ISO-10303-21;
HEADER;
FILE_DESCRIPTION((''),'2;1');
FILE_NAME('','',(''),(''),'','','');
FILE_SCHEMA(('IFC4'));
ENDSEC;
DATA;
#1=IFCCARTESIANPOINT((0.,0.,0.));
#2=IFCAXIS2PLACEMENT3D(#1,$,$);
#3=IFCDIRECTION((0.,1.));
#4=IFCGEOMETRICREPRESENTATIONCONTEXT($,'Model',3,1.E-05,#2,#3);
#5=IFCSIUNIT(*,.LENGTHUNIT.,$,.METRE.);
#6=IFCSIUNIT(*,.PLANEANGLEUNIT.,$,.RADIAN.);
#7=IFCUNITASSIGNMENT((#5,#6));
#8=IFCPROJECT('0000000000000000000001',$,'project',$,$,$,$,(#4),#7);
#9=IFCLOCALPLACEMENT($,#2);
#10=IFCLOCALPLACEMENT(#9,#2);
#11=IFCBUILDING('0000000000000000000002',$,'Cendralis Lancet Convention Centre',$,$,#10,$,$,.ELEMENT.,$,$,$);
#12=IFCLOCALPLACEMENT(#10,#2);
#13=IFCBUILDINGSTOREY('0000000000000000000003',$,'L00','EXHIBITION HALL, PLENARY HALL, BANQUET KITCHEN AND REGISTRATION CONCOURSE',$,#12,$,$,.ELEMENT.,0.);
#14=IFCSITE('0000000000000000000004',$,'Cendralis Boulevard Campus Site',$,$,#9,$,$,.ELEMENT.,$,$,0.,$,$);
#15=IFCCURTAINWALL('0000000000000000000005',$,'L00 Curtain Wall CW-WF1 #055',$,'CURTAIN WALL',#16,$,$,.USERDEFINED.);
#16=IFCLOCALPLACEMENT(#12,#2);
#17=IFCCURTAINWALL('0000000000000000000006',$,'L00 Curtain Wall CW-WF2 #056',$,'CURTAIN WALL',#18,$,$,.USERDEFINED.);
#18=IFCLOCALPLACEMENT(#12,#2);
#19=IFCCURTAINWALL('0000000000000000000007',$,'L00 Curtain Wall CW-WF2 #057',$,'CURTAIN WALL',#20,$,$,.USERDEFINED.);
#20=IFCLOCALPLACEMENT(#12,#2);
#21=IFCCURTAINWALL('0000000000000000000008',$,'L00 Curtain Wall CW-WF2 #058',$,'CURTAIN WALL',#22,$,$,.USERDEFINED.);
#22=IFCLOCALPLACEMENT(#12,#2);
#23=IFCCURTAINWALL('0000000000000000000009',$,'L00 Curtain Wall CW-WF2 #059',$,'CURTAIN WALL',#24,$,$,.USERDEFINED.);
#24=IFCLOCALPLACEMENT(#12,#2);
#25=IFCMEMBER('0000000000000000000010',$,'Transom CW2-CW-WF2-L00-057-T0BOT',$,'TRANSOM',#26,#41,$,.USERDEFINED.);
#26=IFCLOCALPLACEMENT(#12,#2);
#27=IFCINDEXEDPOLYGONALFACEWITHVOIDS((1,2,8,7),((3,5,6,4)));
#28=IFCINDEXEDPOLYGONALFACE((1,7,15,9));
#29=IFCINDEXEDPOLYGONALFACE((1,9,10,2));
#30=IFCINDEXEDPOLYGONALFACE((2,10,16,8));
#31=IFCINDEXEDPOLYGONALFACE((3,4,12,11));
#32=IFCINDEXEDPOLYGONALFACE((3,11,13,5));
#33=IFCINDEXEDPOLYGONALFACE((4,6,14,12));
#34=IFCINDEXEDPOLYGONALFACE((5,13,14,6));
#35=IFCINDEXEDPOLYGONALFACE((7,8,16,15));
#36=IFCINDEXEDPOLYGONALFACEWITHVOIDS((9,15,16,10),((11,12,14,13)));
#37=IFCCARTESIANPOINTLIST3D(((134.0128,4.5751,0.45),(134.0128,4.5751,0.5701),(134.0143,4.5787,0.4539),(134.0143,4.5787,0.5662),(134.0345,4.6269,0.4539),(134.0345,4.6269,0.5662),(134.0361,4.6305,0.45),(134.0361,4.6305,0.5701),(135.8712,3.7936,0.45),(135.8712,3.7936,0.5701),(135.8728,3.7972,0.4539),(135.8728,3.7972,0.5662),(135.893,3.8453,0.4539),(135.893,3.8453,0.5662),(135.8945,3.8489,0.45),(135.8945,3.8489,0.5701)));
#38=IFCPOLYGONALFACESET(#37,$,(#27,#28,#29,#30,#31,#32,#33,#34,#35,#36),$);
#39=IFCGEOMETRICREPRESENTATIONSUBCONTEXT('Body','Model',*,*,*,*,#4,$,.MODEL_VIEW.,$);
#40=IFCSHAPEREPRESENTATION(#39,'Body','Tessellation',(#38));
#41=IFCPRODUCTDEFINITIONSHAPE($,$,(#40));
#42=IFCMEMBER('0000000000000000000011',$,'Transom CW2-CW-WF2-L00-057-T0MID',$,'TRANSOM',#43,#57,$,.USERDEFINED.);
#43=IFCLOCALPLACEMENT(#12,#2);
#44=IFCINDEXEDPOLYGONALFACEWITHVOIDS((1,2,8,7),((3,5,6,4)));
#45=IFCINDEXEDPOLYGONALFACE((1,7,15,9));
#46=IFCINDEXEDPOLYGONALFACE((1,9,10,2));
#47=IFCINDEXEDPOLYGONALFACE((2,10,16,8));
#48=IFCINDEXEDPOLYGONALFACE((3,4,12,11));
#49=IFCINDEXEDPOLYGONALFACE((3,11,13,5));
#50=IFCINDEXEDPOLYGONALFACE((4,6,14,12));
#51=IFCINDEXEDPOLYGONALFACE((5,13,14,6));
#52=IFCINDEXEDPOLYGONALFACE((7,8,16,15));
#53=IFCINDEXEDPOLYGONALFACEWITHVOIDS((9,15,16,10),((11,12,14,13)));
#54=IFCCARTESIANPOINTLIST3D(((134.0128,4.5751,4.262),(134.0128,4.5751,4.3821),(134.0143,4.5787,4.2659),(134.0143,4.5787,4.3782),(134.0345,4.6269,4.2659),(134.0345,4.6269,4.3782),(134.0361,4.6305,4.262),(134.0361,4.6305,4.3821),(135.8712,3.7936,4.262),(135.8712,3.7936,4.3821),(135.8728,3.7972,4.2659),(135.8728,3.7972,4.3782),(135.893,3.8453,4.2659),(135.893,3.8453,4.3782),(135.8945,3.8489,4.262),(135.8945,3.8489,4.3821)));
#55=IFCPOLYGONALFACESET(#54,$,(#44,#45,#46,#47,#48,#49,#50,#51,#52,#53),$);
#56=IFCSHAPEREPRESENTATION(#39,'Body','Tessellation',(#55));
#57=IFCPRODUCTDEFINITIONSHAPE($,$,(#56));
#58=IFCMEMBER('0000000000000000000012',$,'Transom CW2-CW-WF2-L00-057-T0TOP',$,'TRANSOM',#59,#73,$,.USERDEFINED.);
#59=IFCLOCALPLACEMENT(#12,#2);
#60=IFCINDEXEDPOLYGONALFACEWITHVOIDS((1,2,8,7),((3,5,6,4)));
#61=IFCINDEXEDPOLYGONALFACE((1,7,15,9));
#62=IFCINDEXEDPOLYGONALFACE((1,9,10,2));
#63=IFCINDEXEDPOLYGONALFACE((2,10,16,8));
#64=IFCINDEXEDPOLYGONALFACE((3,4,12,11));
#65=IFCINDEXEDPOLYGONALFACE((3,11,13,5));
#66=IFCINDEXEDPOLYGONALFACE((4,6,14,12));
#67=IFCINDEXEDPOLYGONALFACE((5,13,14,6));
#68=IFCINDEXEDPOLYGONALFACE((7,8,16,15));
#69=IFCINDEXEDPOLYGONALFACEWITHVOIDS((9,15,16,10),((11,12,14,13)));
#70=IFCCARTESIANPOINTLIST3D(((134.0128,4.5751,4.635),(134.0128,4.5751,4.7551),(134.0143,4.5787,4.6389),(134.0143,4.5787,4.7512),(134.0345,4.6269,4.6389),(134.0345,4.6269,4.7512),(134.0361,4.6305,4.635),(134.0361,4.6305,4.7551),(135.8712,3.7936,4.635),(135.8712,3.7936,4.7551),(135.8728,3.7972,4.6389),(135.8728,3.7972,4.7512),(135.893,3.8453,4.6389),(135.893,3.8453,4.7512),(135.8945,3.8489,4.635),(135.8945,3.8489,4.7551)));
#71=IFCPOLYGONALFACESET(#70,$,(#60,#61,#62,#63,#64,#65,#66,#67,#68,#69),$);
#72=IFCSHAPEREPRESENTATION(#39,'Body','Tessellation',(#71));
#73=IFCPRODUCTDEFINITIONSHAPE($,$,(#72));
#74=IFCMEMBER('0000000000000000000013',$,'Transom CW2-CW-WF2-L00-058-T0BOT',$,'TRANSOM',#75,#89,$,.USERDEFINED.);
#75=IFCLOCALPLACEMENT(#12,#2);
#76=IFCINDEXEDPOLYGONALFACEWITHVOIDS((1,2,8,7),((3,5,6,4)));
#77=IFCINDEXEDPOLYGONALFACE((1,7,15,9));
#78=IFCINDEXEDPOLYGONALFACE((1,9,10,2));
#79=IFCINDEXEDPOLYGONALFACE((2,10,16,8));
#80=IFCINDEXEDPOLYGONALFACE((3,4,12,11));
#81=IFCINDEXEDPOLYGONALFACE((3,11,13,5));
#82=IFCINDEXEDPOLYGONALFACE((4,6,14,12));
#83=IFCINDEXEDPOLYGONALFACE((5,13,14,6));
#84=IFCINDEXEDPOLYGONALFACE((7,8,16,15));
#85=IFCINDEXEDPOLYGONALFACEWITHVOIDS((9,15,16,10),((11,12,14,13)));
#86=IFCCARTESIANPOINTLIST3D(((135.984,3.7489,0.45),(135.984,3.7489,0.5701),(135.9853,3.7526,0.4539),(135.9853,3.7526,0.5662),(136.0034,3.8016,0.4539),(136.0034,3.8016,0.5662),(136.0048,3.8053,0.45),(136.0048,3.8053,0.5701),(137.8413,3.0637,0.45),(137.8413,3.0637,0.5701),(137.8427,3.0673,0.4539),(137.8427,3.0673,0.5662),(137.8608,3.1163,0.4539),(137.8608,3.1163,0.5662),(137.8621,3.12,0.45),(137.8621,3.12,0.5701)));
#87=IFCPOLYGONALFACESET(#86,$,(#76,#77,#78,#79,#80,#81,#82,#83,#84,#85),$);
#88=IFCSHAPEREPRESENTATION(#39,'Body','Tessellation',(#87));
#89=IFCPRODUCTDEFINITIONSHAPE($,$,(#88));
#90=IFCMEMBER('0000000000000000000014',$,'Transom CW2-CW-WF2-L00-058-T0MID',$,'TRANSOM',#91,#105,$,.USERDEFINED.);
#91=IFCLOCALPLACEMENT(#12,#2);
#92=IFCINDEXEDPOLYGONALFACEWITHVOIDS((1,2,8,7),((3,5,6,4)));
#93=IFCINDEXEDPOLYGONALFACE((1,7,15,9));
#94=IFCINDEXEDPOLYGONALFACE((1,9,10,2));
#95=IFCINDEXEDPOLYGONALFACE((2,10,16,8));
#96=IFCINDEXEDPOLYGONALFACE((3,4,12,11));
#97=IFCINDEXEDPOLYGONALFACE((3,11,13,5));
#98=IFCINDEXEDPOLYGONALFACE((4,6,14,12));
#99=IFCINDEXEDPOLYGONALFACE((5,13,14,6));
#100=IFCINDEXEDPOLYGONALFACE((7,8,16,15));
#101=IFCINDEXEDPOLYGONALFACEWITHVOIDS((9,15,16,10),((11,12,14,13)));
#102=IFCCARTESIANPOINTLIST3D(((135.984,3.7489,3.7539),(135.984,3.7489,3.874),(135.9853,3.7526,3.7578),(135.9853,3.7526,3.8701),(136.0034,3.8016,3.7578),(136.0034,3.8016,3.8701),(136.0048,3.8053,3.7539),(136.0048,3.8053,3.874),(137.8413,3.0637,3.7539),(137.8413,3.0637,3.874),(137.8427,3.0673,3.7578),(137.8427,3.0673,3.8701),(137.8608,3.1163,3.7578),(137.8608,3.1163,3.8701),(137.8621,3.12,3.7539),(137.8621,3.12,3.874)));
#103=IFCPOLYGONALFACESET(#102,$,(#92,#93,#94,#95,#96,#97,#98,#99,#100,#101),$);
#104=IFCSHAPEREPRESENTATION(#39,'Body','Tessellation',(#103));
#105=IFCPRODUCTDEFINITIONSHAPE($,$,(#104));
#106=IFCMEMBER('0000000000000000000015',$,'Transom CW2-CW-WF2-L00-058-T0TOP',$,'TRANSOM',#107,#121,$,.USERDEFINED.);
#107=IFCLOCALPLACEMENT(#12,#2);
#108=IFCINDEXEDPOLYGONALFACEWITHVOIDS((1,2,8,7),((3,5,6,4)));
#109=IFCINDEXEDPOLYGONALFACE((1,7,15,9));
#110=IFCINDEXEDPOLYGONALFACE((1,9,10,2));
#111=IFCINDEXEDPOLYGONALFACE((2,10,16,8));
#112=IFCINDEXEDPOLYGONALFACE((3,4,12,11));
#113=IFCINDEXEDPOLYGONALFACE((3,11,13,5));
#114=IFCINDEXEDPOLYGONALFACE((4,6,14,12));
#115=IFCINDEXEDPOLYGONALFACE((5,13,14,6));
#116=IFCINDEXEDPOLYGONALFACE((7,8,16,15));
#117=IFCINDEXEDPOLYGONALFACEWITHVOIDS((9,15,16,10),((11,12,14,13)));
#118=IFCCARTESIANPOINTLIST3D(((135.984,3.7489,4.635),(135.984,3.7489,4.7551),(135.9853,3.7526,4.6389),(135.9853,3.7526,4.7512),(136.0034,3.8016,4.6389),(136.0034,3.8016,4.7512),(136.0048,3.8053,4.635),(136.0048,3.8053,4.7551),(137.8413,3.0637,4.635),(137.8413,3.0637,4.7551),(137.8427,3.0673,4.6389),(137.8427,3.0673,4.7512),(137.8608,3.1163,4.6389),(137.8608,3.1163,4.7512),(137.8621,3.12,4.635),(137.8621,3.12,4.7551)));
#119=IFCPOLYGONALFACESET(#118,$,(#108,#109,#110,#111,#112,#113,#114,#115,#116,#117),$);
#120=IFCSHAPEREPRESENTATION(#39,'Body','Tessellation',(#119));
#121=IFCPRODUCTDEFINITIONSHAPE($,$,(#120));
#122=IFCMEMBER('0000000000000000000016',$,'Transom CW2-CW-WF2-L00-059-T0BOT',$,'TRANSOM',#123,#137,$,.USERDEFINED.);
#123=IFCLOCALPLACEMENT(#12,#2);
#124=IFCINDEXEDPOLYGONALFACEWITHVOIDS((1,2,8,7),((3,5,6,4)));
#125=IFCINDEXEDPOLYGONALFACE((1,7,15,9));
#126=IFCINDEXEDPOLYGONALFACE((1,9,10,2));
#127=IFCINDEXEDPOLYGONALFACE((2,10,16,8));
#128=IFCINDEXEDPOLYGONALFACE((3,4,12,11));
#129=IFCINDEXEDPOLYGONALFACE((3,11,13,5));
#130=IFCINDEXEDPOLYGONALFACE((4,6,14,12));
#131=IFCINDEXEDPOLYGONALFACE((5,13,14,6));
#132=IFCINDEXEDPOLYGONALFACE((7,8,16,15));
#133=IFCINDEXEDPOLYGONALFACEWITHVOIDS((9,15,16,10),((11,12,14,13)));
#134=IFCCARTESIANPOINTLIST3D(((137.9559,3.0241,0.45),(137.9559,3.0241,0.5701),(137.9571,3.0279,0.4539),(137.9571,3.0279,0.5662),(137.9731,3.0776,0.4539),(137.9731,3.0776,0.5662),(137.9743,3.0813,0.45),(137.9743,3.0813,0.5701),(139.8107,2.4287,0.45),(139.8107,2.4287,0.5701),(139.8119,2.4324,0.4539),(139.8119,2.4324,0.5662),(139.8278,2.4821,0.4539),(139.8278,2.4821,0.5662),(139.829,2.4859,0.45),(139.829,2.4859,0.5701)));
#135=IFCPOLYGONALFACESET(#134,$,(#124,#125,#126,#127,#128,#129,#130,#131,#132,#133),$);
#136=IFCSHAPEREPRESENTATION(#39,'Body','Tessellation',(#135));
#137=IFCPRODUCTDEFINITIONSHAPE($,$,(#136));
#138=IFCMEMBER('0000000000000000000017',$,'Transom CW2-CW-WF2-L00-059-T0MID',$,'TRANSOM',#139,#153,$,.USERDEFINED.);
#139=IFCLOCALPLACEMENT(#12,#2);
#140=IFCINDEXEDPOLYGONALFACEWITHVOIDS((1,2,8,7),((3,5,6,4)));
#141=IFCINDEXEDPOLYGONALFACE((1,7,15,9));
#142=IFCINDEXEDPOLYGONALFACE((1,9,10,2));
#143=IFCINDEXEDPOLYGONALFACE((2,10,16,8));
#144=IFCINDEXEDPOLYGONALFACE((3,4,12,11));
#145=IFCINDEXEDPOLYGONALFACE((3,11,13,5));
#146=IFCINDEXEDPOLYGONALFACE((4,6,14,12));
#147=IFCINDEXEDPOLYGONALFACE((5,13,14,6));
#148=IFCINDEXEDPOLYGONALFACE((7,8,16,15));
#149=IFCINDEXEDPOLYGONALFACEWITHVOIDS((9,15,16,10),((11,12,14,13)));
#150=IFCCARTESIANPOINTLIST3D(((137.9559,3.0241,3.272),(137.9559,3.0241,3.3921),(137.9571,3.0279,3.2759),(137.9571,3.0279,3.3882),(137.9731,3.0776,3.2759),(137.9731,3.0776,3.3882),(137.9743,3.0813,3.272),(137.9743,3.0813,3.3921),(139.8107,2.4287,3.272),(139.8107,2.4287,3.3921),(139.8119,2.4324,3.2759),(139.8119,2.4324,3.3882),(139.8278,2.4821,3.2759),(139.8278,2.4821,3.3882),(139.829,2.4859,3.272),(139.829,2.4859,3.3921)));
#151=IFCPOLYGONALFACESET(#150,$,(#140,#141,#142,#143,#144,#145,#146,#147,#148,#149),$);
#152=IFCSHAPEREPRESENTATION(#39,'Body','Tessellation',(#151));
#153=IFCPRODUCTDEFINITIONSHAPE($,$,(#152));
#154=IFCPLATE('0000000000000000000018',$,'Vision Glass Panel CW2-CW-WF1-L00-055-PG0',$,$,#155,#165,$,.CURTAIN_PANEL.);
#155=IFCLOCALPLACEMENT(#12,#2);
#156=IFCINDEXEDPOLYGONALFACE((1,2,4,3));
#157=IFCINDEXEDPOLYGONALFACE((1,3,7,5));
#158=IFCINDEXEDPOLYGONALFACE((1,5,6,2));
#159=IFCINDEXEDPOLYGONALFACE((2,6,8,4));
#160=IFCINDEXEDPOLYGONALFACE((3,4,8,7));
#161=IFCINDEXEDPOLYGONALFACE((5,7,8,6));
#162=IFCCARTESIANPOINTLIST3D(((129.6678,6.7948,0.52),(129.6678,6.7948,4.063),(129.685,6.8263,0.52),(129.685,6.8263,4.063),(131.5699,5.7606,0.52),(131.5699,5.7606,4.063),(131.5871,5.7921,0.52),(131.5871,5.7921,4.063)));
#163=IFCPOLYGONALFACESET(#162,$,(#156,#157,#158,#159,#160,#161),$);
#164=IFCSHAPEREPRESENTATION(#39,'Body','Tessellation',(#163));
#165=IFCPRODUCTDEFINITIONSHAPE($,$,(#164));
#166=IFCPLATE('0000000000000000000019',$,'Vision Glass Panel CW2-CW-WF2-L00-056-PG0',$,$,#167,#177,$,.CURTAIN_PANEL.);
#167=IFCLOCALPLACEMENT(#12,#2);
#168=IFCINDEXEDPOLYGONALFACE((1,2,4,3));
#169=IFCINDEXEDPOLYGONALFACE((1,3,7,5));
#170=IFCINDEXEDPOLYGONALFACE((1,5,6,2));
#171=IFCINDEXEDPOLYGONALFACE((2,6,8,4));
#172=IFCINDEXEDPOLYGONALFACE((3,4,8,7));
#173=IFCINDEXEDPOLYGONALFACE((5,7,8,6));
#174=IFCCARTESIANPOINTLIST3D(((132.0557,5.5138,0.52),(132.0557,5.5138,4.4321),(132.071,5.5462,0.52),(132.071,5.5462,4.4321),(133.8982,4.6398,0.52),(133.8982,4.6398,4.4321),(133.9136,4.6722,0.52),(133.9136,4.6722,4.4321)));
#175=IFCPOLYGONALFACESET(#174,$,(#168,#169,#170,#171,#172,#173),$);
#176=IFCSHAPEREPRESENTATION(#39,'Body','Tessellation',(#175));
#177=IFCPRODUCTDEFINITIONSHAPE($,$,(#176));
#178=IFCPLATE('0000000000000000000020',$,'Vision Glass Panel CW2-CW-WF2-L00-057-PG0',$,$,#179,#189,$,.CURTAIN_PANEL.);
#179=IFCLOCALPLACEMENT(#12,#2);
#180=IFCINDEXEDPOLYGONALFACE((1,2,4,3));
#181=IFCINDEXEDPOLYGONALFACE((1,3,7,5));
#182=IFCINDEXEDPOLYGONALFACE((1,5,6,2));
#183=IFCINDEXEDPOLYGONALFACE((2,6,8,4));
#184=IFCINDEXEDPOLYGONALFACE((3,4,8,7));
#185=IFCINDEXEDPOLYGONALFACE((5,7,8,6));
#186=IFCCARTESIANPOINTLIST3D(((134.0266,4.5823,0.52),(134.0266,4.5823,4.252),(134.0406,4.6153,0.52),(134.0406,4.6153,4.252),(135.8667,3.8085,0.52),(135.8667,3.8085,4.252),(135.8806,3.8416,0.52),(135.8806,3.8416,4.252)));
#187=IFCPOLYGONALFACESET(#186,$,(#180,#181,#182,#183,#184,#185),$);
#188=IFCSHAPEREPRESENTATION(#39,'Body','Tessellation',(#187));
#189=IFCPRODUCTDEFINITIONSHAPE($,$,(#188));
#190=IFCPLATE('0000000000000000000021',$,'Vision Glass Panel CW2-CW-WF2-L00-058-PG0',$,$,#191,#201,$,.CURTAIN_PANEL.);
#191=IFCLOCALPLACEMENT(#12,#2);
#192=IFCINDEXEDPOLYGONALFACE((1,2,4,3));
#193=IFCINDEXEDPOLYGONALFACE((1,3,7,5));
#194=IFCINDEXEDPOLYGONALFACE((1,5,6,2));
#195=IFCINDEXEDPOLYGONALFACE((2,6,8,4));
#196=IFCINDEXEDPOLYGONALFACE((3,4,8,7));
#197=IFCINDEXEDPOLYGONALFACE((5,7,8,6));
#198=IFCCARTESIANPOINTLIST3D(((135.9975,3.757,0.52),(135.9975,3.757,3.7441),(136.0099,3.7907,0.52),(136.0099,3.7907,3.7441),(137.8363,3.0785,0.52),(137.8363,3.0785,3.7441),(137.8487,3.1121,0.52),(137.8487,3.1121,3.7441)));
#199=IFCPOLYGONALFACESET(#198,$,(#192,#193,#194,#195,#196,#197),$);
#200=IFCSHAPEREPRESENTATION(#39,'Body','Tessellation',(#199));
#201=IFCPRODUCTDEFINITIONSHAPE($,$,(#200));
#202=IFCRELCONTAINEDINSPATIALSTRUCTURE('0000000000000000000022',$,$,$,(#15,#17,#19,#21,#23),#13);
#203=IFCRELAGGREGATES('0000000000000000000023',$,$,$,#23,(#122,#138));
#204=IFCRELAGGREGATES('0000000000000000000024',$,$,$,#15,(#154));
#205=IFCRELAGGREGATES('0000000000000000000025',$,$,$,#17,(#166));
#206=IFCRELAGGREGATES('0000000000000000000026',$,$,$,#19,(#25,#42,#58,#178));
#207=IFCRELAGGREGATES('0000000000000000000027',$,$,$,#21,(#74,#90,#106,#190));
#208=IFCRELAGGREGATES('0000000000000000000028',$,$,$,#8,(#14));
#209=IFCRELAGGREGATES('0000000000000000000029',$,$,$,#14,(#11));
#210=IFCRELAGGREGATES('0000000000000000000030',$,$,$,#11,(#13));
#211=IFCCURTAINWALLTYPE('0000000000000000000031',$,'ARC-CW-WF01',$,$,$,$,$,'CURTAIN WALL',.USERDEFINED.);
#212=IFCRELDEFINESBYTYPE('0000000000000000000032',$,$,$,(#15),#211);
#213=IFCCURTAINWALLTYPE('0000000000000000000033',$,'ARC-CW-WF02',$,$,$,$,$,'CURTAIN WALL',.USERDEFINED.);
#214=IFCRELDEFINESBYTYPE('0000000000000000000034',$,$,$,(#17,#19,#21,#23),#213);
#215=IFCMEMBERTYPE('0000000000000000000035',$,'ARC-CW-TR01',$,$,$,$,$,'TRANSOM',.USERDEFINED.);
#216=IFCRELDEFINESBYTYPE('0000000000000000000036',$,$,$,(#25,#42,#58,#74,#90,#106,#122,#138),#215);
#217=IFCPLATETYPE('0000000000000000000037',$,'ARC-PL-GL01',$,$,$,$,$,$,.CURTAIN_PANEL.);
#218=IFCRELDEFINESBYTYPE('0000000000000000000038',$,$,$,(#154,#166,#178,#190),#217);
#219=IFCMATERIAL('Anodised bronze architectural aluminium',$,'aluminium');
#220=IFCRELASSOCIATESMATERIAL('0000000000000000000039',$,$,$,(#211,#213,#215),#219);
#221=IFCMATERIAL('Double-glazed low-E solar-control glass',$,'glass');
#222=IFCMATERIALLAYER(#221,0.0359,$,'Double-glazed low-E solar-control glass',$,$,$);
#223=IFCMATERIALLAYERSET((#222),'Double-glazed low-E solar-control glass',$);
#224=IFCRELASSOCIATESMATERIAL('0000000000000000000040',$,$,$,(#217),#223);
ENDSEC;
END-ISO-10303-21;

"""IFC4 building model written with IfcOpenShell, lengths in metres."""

from ifc_helpers import new_model, si_unit, direction, frame, origin, origin_2d, place, context, subcontext, project, spatial, rectangle, hollow_rectangle, extrude, material, layer, layer_set, material_profile, profile_set, type_object, element, aggregate, save


model = new_model("IFC4")

# Units and contexts
model_context = context("Model", 3, precision=1e-05, world=origin(), true_north=direction((0.0, 1.0)))
body_context = subcontext(model_context, "Body", "Model", "MODEL_VIEW")
ifc_project = project(units=[si_unit("LENGTHUNIT", "METRE"), si_unit("PLANEANGLEUNIT", "RADIAN")], contexts=[model_context])

# Site, building, storey
site_placement = place(None, origin())
site = spatial("IfcSite", under=ifc_project, at=site_placement, Name="Cendralis Boulevard Campus Site", CompositionType="ELEMENT", RefElevation=0.0)
building_placement = place(site_placement, origin())
building = spatial("IfcBuilding", under=site, at=building_placement, Name="Cendralis Lancet Convention Centre", CompositionType="ELEMENT")
storey_placement = place(building_placement, origin())
storey = spatial("IfcBuildingStorey", under=building, at=storey_placement, Name="L00", Description="EXHIBITION HALL, PLENARY HALL, BANQUET KITCHEN AND REGISTRATION CONCOURSE", CompositionType="ELEMENT", Elevation=0.0)

# Curtain wall
ifc_material_1 = material(Name="Anodised bronze architectural aluminium", Category="aluminium")
curtain_wall_type_1 = type_object("IfcCurtainWallType", Name="ARC-CW-WF01", ElementType="CURTAIN WALL", PredefinedType="USERDEFINED", material=ifc_material_1)
curtain_wall_1_placement = place(storey_placement, origin())
curtain_wall_1 = element("IfcCurtainWall", 1, at=curtain_wall_1_placement, inside=storey, type_object=curtain_wall_type_1, Name="L00 Curtain Wall CW-WF1 #055", ObjectType="CURTAIN WALL", PredefinedType="USERDEFINED")

# Curtain walls
curtain_wall_type_2 = type_object("IfcCurtainWallType", Name="ARC-CW-WF02", ElementType="CURTAIN WALL", PredefinedType="USERDEFINED", material=ifc_material_1)
curtain_wall_2_placement = place(storey_placement, origin())
curtain_wall_2 = element("IfcCurtainWall", 2, at=curtain_wall_2_placement, inside=storey, type_object=curtain_wall_type_2, Name="L00 Curtain Wall CW-WF2 #056", ObjectType="CURTAIN WALL", PredefinedType="USERDEFINED")
curtain_wall_3_placement = place(storey_placement, origin())
curtain_wall_3 = element("IfcCurtainWall", 3, at=curtain_wall_3_placement, inside=storey, type_object=curtain_wall_type_2, Name="L00 Curtain Wall CW-WF2 #057", ObjectType="CURTAIN WALL", PredefinedType="USERDEFINED")
curtain_wall_4_placement = place(storey_placement, origin())
curtain_wall_4 = element("IfcCurtainWall", 4, at=curtain_wall_4_placement, inside=storey, type_object=curtain_wall_type_2, Name="L00 Curtain Wall CW-WF2 #058", ObjectType="CURTAIN WALL", PredefinedType="USERDEFINED")

# Curtain wall
curtain_wall_5_placement = place(storey_placement, origin())
curtain_wall_5 = element("IfcCurtainWall", 5, at=curtain_wall_5_placement, inside=storey, type_object=curtain_wall_type_2, Name="L00 Curtain Wall CW-WF2 #059", ObjectType="CURTAIN WALL", PredefinedType="USERDEFINED")

# Members
ifc_material_profile_1 = material_profile(ifc_material_1, hollow_rectangle(XDim=0.0601, YDim=0.1201, WallThickness=0.0039, at=origin_2d()), Name="AL-TRAN 60x120x4.0")
ifc_profile_set_1 = profile_set([ifc_material_profile_1], Name="Anodised bronze architectural aluminium")
member_type_1 = type_object("IfcMemberType", Name="ARC-CW-TR01", ElementType="TRANSOM", PredefinedType="USERDEFINED", material=ifc_profile_set_1)
member_1_placement = place(storey_placement, frame((134.0244, 4.6028, 0.51), z_axis=(0.921811, -0.38764, 0.0), x_axis=(0.38764, 0.921811, 0.0)))
member_1 = element("IfcMember", 6, at=member_1_placement, type_object=member_type_1, Name="Transom CW2-CW-WF2-L00-057-T0BOT", ObjectType="TRANSOM", PredefinedType="USERDEFINED", context=body_context, shape_type="SweptSolid", body=[
    extrude(hollow_rectangle(XDim=0.0601, YDim=0.1201, WallThickness=0.0039, at=origin_2d()), origin(), (0.0, 0.0, 1.0), 2.0161),
])
member_2_placement = place(storey_placement, frame((134.0244, 4.6028, 4.322), z_axis=(0.921811, -0.38764, 0.0), x_axis=(0.38764, 0.921811, 0.0)))
member_2 = element("IfcMember", 7, at=member_2_placement, type_object=member_type_1, Name="Transom CW2-CW-WF2-L00-057-T0MID", ObjectType="TRANSOM", PredefinedType="USERDEFINED", context=body_context, shape_type="SweptSolid", body=[
    extrude(hollow_rectangle(XDim=0.0601, YDim=0.1201, WallThickness=0.0039, at=origin_2d()), origin(), (0.0, 0.0, 1.0), 2.0161),
])
member_3_placement = place(storey_placement, frame((134.0244, 4.6028, 4.6951), z_axis=(0.921811, -0.38764, 0.0), x_axis=(0.38764, 0.921811, 0.0)))
member_3 = element("IfcMember", 8, at=member_3_placement, type_object=member_type_1, Name="Transom CW2-CW-WF2-L00-057-T0TOP", ObjectType="TRANSOM", PredefinedType="USERDEFINED", context=body_context, shape_type="SweptSolid", body=[
    extrude(hollow_rectangle(XDim=0.0601, YDim=0.1201, WallThickness=0.0039, at=origin_2d()), origin(), (0.0, 0.0, 1.0), 2.0161),
])
member_4_placement = place(storey_placement, frame((135.9944, 3.7771, 0.51), z_axis=(0.938181, -0.346145, 0.0), x_axis=(0.346145, 0.938181, 0.0)))
member_4 = element("IfcMember", 9, at=member_4_placement, type_object=member_type_1, Name="Transom CW2-CW-WF2-L00-058-T0BOT", ObjectType="TRANSOM", PredefinedType="USERDEFINED", context=body_context, shape_type="SweptSolid", body=[
    extrude(hollow_rectangle(XDim=0.0601, YDim=0.1201, WallThickness=0.0039, at=origin_2d()), origin(), (0.0, 0.0, 1.0), 1.9797),
])
member_5_placement = place(storey_placement, frame((135.9944, 3.7771, 3.814), z_axis=(0.938181, -0.346145, 0.0), x_axis=(0.346145, 0.938181, 0.0)))
member_5 = element("IfcMember", 10, at=member_5_placement, type_object=member_type_1, Name="Transom CW2-CW-WF2-L00-058-T0MID", ObjectType="TRANSOM", PredefinedType="USERDEFINED", context=body_context, shape_type="SweptSolid", body=[
    extrude(hollow_rectangle(XDim=0.0601, YDim=0.1201, WallThickness=0.0039, at=origin_2d()), origin(), (0.0, 0.0, 1.0), 1.9797),
])
member_6_placement = place(storey_placement, frame((135.9944, 3.7771, 4.6951), z_axis=(0.938181, -0.346145, 0.0), x_axis=(0.346145, 0.938181, 0.0)))
member_6 = element("IfcMember", 11, at=member_6_placement, type_object=member_type_1, Name="Transom CW2-CW-WF2-L00-058-T0TOP", ObjectType="TRANSOM", PredefinedType="USERDEFINED", context=body_context, shape_type="SweptSolid", body=[
    extrude(hollow_rectangle(XDim=0.0601, YDim=0.1201, WallThickness=0.0039, at=origin_2d()), origin(), (0.0, 0.0, 1.0), 1.9797),
])
member_7_placement = place(storey_placement, frame((137.9651, 3.0527, 0.51), z_axis=(0.952134, -0.305681, 0.0), x_axis=(0.305681, 0.952134, 0.0)))
member_7 = element("IfcMember", 12, at=member_7_placement, type_object=member_type_1, Name="Transom CW2-CW-WF2-L00-059-T0BOT", ObjectType="TRANSOM", PredefinedType="USERDEFINED", context=body_context, shape_type="SweptSolid", body=[
    extrude(hollow_rectangle(XDim=0.0601, YDim=0.1201, WallThickness=0.0039, at=origin_2d()), origin(), (0.0, 0.0, 1.0), 1.948),
])
member_8_placement = place(storey_placement, frame((137.9651, 3.0527, 3.332), z_axis=(0.952134, -0.305681, 0.0), x_axis=(0.305681, 0.952134, 0.0)))
member_8 = element("IfcMember", 13, at=member_8_placement, type_object=member_type_1, Name="Transom CW2-CW-WF2-L00-059-T0MID", ObjectType="TRANSOM", PredefinedType="USERDEFINED", context=body_context, shape_type="SweptSolid", body=[
    extrude(hollow_rectangle(XDim=0.0601, YDim=0.1201, WallThickness=0.0039, at=origin_2d()), origin(), (0.0, 0.0, 1.0), 1.948),
])
aggregate(curtain_wall_5, [member_7, member_8])

# Plates
ifc_material_2 = material(Name="Double-glazed low-E solar-control glass", Category="glass")
ifc_layer_1 = layer(ifc_material_2, 0.0359, Name="Double-glazed low-E solar-control glass")
ifc_layer_set_1 = layer_set([ifc_layer_1], Name="Double-glazed low-E solar-control glass")
plate_type_1 = type_object("IfcPlateType", Name="ARC-PL-GL01", PredefinedType="CURTAIN_PANEL", material=ifc_layer_set_1)
plate_1_placement = place(storey_placement, frame((130.6274, 6.2935, 0.52), z_axis=(0.0, 0.0, 1.0), x_axis=(0.878541, -0.477666, 0.0)))
plate_1 = element("IfcPlate", 14, at=plate_1_placement, type_object=plate_type_1, Name="Vision Glass Panel CW2-CW-WF1-L00-055-PG0", PredefinedType="CURTAIN_PANEL", context=body_context, shape_type="SweptSolid", body=[
    extrude(rectangle(XDim=2.165, YDim=0.0359, at=origin_2d()), origin(), (0.0, 0.0, 1.0), 3.543),
])
aggregate(curtain_wall_1, [plate_1])
plate_2_placement = place(storey_placement, frame((132.9846, 5.093, 0.52), z_axis=(0.0, 0.0, 1.0), x_axis=(0.903504, -0.428579, 0.0)))
plate_2 = element("IfcPlate", 15, at=plate_2_placement, type_object=plate_type_1, Name="Vision Glass Panel CW2-CW-WF2-L00-056-PG0", PredefinedType="CURTAIN_PANEL", context=body_context, shape_type="SweptSolid", body=[
    extrude(rectangle(XDim=2.0393, YDim=0.0359, at=origin_2d()), origin(), (0.0, 0.0, 1.0), 3.9121),
])
aggregate(curtain_wall_2, [plate_2])
plate_3_placement = place(storey_placement, frame((134.9536, 4.2119, 0.52), z_axis=(0.0, 0.0, 1.0), x_axis=(0.921812, -0.387638, 0.0)))
plate_3 = element("IfcPlate", 16, at=plate_3_placement, type_object=plate_type_1, Name="Vision Glass Panel CW2-CW-WF2-L00-057-PG0", PredefinedType="CURTAIN_PANEL", context=body_context, shape_type="SweptSolid", body=[
    extrude(rectangle(XDim=1.9961, YDim=0.0359, at=origin_2d()), origin(), (0.0, 0.0, 1.0), 3.7319),
])
plate_4_placement = place(storey_placement, frame((136.9231, 3.4346, 0.52), z_axis=(0.0, 0.0, 1.0), x_axis=(0.938156, -0.346213, 0.0)))
plate_4 = element("IfcPlate", 17, at=plate_4_placement, type_object=plate_type_1, Name="Vision Glass Panel CW2-CW-WF2-L00-058-PG0", PredefinedType="CURTAIN_PANEL", context=body_context, shape_type="SweptSolid", body=[
    extrude(rectangle(XDim=1.96, YDim=0.0359, at=origin_2d()), origin(), (0.0, 0.0, 1.0), 3.2241),
])
aggregate(curtain_wall_3, [member_1, member_2, member_3, plate_3])
aggregate(curtain_wall_4, [member_4, member_5, member_6, plate_4])

save(model, "model.ifc")
